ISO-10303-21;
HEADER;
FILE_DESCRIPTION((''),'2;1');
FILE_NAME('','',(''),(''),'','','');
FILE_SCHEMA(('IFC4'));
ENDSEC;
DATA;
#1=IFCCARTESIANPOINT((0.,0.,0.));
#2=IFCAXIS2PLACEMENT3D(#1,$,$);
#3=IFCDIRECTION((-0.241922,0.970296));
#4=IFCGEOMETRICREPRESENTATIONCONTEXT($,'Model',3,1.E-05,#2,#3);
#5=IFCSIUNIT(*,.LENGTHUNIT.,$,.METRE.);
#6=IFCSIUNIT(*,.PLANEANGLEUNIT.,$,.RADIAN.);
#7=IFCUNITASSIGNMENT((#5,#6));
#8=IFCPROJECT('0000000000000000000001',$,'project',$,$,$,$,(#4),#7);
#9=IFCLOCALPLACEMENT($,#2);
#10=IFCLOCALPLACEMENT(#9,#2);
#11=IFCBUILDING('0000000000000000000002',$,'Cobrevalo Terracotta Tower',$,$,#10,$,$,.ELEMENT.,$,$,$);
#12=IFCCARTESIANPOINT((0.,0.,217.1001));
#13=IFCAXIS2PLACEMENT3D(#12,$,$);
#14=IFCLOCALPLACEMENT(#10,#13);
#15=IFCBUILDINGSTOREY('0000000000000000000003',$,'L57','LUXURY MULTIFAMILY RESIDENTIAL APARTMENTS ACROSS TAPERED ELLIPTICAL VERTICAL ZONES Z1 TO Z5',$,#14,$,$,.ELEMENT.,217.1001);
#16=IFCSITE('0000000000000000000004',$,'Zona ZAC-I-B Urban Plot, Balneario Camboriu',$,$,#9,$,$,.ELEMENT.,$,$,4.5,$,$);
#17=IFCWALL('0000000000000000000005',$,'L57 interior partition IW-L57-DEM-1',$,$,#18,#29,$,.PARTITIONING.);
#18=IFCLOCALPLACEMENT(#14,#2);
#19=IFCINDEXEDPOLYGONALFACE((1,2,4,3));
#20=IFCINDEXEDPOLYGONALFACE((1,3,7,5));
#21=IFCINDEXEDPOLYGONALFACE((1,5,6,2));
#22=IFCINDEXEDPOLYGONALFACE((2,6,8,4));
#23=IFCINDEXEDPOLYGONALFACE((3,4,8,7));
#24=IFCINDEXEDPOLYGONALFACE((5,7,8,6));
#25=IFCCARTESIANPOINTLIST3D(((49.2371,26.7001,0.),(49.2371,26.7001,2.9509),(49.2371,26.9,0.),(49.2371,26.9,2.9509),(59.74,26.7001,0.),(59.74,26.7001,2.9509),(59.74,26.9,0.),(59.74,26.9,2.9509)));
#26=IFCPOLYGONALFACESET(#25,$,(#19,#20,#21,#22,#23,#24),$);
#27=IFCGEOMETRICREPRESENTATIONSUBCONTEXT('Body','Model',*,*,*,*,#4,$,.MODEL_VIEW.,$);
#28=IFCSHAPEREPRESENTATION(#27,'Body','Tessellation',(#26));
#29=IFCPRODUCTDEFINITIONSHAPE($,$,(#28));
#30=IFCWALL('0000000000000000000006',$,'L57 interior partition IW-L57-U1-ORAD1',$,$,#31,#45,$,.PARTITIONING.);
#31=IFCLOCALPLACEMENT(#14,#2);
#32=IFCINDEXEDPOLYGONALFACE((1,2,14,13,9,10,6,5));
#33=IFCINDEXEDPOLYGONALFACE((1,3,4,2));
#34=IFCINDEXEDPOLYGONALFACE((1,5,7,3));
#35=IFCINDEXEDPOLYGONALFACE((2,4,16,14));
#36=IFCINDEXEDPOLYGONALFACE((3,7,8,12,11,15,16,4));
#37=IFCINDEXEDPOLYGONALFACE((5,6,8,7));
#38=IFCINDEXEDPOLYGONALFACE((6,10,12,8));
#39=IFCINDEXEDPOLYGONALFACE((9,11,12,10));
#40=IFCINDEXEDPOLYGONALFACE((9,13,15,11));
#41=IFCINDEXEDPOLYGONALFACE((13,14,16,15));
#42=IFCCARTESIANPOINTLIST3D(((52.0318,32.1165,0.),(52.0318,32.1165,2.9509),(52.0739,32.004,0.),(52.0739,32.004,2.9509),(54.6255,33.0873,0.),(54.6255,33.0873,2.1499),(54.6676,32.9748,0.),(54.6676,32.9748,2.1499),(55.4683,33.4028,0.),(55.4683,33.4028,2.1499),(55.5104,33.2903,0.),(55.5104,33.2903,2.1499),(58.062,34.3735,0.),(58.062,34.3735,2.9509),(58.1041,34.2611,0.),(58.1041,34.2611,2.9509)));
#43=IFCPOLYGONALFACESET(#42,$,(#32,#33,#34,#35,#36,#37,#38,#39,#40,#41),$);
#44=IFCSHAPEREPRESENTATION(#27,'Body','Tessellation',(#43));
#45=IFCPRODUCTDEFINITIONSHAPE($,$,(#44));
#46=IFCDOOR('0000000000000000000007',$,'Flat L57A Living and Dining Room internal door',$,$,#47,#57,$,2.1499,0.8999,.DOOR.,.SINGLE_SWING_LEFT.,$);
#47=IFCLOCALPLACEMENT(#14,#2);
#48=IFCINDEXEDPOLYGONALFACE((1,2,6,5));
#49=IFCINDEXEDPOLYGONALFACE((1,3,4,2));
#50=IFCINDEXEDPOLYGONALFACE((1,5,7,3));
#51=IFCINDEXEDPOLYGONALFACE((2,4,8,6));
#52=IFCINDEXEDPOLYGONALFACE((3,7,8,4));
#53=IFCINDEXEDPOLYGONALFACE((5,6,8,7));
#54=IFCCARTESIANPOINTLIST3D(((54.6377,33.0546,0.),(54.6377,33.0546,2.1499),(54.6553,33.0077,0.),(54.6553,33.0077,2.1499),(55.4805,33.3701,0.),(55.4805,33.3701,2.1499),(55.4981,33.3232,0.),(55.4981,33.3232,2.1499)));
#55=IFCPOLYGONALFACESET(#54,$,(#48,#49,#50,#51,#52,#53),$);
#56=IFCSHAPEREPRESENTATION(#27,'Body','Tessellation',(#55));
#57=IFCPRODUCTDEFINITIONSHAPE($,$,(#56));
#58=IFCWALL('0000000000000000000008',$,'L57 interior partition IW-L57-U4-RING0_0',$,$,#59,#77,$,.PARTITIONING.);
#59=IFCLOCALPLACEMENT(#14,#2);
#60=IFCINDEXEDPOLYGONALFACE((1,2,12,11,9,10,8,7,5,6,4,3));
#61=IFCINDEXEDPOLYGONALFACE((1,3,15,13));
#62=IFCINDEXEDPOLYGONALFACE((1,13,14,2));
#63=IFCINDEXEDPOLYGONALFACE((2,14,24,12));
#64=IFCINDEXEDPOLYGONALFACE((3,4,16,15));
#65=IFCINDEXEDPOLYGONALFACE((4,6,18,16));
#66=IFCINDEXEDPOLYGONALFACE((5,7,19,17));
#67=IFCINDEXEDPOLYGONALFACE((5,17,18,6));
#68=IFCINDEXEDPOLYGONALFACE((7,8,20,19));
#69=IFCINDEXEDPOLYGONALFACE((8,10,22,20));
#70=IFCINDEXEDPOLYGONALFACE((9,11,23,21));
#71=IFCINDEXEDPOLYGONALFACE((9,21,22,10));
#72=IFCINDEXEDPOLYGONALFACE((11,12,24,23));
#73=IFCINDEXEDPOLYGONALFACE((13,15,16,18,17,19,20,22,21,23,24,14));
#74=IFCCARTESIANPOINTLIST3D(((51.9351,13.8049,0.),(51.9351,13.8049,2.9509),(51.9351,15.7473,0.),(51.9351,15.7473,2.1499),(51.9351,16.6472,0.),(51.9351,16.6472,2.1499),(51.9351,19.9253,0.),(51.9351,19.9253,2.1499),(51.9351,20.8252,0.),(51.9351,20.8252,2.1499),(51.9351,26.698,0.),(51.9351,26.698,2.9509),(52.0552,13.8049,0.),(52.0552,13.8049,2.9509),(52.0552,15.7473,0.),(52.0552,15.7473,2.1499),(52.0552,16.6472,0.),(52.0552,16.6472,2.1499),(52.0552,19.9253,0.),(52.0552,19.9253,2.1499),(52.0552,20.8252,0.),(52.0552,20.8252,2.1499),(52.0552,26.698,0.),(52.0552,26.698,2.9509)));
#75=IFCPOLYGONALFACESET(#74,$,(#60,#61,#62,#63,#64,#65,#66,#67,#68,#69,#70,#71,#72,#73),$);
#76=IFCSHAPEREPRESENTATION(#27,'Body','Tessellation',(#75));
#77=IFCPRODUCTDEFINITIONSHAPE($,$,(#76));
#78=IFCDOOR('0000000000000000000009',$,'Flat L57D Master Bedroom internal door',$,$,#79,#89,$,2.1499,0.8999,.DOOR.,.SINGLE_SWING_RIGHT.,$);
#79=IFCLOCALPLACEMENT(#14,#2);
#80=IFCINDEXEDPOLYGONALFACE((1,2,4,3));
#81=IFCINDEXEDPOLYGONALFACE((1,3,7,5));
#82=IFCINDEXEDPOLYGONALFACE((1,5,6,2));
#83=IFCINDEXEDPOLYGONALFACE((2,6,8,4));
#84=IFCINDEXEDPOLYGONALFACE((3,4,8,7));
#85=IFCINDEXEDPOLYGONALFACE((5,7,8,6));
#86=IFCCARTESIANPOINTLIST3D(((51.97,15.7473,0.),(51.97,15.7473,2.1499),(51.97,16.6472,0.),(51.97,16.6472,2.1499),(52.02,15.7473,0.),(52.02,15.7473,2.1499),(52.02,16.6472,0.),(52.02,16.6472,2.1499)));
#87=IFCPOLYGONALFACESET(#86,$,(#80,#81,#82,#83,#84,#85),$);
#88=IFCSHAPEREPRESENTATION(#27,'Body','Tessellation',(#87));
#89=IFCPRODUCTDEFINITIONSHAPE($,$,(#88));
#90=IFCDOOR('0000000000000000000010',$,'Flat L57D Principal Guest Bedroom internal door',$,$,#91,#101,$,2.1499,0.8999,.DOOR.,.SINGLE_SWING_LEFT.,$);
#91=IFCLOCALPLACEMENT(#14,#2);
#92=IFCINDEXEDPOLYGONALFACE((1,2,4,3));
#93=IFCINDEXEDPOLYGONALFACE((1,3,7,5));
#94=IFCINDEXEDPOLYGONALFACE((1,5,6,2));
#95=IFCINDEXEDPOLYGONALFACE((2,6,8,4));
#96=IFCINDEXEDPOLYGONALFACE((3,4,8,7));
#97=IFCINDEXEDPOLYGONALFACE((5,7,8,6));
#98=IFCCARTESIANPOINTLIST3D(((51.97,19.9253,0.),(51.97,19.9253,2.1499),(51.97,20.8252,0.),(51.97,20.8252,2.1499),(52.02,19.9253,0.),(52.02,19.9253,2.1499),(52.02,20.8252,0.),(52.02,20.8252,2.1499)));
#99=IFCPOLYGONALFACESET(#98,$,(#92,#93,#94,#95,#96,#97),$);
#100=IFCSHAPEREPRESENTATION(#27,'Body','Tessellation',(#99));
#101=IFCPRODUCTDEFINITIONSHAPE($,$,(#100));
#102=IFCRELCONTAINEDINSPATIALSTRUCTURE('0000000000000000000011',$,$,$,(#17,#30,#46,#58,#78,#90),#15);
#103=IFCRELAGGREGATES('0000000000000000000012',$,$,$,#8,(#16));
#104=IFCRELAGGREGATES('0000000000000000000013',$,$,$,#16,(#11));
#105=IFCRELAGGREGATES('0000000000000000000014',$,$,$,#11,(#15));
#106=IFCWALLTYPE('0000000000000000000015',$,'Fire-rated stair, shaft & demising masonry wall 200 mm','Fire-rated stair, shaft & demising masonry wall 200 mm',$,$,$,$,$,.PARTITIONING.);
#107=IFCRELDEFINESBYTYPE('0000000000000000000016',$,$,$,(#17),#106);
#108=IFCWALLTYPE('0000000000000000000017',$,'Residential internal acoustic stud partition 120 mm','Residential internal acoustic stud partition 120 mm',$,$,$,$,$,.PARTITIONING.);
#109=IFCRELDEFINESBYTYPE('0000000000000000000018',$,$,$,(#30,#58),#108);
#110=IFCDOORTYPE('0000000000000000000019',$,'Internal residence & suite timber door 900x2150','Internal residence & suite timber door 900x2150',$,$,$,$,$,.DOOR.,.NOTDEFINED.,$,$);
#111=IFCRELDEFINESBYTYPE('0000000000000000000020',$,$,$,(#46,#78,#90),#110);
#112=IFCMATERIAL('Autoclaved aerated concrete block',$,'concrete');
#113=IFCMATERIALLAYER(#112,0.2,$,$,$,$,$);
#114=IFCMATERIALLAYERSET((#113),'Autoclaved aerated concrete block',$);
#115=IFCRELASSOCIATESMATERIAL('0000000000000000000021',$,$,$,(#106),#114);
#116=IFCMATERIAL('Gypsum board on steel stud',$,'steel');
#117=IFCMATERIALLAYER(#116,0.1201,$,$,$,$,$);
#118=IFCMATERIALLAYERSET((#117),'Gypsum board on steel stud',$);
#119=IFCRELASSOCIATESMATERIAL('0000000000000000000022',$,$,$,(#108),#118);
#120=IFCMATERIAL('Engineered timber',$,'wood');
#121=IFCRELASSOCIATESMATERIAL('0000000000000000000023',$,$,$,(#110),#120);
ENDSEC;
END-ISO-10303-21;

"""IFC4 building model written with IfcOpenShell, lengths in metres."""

from ifc_helpers import new_model, si_unit, direction, frame, frame_2d, origin, place, context, subcontext, project, spatial, rectangle, extrude, source, transform, mapped, material, layer, layer_set, type_object, element, fill, save


model = new_model("IFC4")

# Units and contexts
model_context = context("Model", 3, precision=1e-05, world=origin(), true_north=direction((-0.241922, 0.970296)))
body_context = subcontext(model_context, "Body", "Model", "MODEL_VIEW")
ifc_project = project(units=[si_unit("LENGTHUNIT", "METRE"), si_unit("PLANEANGLEUNIT", "RADIAN")], contexts=[model_context])

# Site, building, storey
site_placement = place(None, origin())
site = spatial("IfcSite", under=ifc_project, at=site_placement, Name="Zona ZAC-I-B Urban Plot, Balneario Camboriu", CompositionType="ELEMENT", RefElevation=4.5)
building_placement = place(site_placement, origin())
building = spatial("IfcBuilding", under=site, at=building_placement, Name="Cobrevalo Terracotta Tower", CompositionType="ELEMENT")
storey_placement = place(building_placement, frame((0.0, 0.0, 217.1001)))
storey = spatial("IfcBuildingStorey", under=building, at=storey_placement, Name="L57", Description="LUXURY MULTIFAMILY RESIDENTIAL APARTMENTS ACROSS TAPERED ELLIPTICAL VERTICAL ZONES Z1 TO Z5", CompositionType="ELEMENT", Elevation=217.1001)

# Wall
ifc_material_1 = material(Name="Autoclaved aerated concrete block", Category="concrete")
ifc_layer_1 = layer(ifc_material_1, 0.2)
ifc_layer_set_1 = layer_set([ifc_layer_1], Name="Autoclaved aerated concrete block")
wall_type_1 = type_object("IfcWallType", Name="Fire-rated stair, shaft & demising masonry wall 200 mm", Description="Fire-rated stair, shaft & demising masonry wall 200 mm", PredefinedType="PARTITIONING", material=ifc_layer_set_1)
wall_1_placement = place(storey_placement, frame((49.2371, 26.8, 0.0), z_axis=(0.0, 0.0, 1.0), x_axis=(1.0, 0.0, 0.0)))
element("IfcWall", 1, at=wall_1_placement, inside=storey, type_object=wall_type_1, Name="L57 interior partition IW-L57-DEM-1", PredefinedType="PARTITIONING", context=body_context, shape_type="SweptSolid", body=[
    extrude(rectangle(XDim=10.5029, YDim=0.2, at=frame_2d((5.2515, 0.0))), origin(), (0.0, 0.0, 1.0), 2.9509),
])

# Wall, opening, door
ifc_material_2 = material(Name="Gypsum board on steel stud", Category="steel")
ifc_layer_2 = layer(ifc_material_2, 0.1201)
ifc_layer_set_2 = layer_set([ifc_layer_2], Name="Gypsum board on steel stud")
wall_type_2 = type_object("IfcWallType", Name="Residential internal acoustic stud partition 120 mm", Description="Residential internal acoustic stud partition 120 mm", PredefinedType="PARTITIONING", material=ifc_layer_set_2)
wall_2_placement = place(storey_placement, frame((52.053, 32.0603, 0.0), z_axis=(0.0, 0.0, 1.0), x_axis=(0.936547, 0.350542, 0.0)))
wall_2 = element("IfcWall", 2, at=wall_2_placement, inside=storey, type_object=wall_type_2, Name="L57 interior partition IW-L57-U1-ORAD1", PredefinedType="PARTITIONING", context=body_context, shape_type="SweptSolid", body=[
    extrude(rectangle(XDim=6.4387, YDim=0.1201, at=frame_2d((3.2192, 0.0))), origin(), (0.0, 0.0, 1.0), 2.9509),
])
opening_1_placement = place(wall_2_placement, frame((2.7693, 0.0, 0.0)))
opening_1 = element("IfcOpeningElement", 3, at=opening_1_placement, cuts=wall_2, PredefinedType="OPENING", context=body_context, shape_type="SweptSolid", body=[
    extrude(rectangle(XDim=0.8999, YDim=2.1499, at=frame_2d((0.45, 1.075))), frame((0.0, 0.0701, 0.0), z_axis=(0.0, -1.0, 0.0), x_axis=(1.0, 0.0, 0.0)), (0.0, 0.0, 1.0), 0.1401),
])
ifc_material_3 = material(Name="Engineered timber", Category="wood")
door_type = type_object("IfcDoorType", Name="Internal residence & suite timber door 900x2150", Description="Internal residence & suite timber door 900x2150", OperationType="NOTDEFINED", PredefinedType="DOOR", material=ifc_material_3)
shared_shape_1 = source(origin(), body_context, "Body", "SweptSolid", [
    extrude(rectangle(XDim=0.8999, YDim=2.1499, at=frame_2d((0.45, 1.075))), frame((0.0, 0.0249, 0.0), z_axis=(0.0, -1.0, 0.0), x_axis=(1.0, 0.0, 0.0)), (0.0, 0.0, 1.0), 0.05),
])
door_1_placement = place(opening_1_placement, frame((0.8999, 0.0, 0.0), z_axis=(0.0, 0.0, 1.0), x_axis=(-1.0, 0.0, 0.0)))
door_1 = element("IfcDoor", 4, at=door_1_placement, inside=storey, type_object=door_type, Name="Flat L57A Living and Dining Room internal door", OperationType="SINGLE_SWING_LEFT", OverallHeight=2.1499, OverallWidth=0.8999, PredefinedType="DOOR", context=body_context, shape_type="MappedRepresentation", body=[
    mapped(shared_shape_1, transform((0.0, 0.0, 0.0), scale=1.0)),
])
fill(opening_1, door_1)

# Wall, openings, doors
wall_3_placement = place(storey_placement, frame((51.9951, 26.698, 0.0), z_axis=(0.0, 0.0, 1.0), x_axis=(0.0, -1.0, 0.0)))
wall_3 = element("IfcWall", 5, at=wall_3_placement, inside=storey, type_object=wall_type_2, Name="L57 interior partition IW-L57-U4-RING0_0", PredefinedType="PARTITIONING", context=body_context, shape_type="SweptSolid", body=[
    extrude(rectangle(XDim=12.8931, YDim=0.1201, at=frame_2d((6.4465, 0.0))), origin(), (0.0, 0.0, 1.0), 2.9509),
])
opening_2_placement = place(wall_3_placement, frame((10.0508, 0.0, 0.0)))
opening_2 = element("IfcOpeningElement", 6, at=opening_2_placement, cuts=wall_3, PredefinedType="OPENING", context=body_context, shape_type="SweptSolid", body=[
    extrude(rectangle(XDim=0.8999, YDim=2.1499, at=frame_2d((0.45, 1.075))), frame((0.0, 0.0701, 0.0), z_axis=(0.0, -1.0, 0.0), x_axis=(1.0, 0.0, 0.0)), (0.0, 0.0, 1.0), 0.1401),
])
opening_3_placement = place(wall_3_placement, frame((5.8728, 0.0, 0.0)))
opening_3 = element("IfcOpeningElement", 7, at=opening_3_placement, cuts=wall_3, PredefinedType="OPENING", context=body_context, shape_type="SweptSolid", body=[
    extrude(rectangle(XDim=0.8999, YDim=2.1499, at=frame_2d((0.45, 1.075))), frame((0.0, 0.0701, 0.0), z_axis=(0.0, -1.0, 0.0), x_axis=(1.0, 0.0, 0.0)), (0.0, 0.0, 1.0), 0.1401),
])
door_2_placement = place(opening_2_placement, origin())
door_2 = element("IfcDoor", 8, at=door_2_placement, inside=storey, type_object=door_type, Name="Flat L57D Master Bedroom internal door", OperationType="SINGLE_SWING_RIGHT", OverallHeight=2.1499, OverallWidth=0.8999, PredefinedType="DOOR", context=body_context, shape_type="MappedRepresentation", body=[
    mapped(shared_shape_1, transform((0.0, 0.0, 0.0), scale=1.0)),
])
fill(opening_2, door_2)
door_3_placement = place(opening_3_placement, origin())
door_3 = element("IfcDoor", 9, at=door_3_placement, inside=storey, type_object=door_type, Name="Flat L57D Principal Guest Bedroom internal door", OperationType="SINGLE_SWING_LEFT", OverallHeight=2.1499, OverallWidth=0.8999, PredefinedType="DOOR", context=body_context, shape_type="MappedRepresentation", body=[
    mapped(shared_shape_1, transform((0.0, 0.0, 0.0), scale=1.0)),
])
fill(opening_3, door_3)

save(model, "model.ifc")
